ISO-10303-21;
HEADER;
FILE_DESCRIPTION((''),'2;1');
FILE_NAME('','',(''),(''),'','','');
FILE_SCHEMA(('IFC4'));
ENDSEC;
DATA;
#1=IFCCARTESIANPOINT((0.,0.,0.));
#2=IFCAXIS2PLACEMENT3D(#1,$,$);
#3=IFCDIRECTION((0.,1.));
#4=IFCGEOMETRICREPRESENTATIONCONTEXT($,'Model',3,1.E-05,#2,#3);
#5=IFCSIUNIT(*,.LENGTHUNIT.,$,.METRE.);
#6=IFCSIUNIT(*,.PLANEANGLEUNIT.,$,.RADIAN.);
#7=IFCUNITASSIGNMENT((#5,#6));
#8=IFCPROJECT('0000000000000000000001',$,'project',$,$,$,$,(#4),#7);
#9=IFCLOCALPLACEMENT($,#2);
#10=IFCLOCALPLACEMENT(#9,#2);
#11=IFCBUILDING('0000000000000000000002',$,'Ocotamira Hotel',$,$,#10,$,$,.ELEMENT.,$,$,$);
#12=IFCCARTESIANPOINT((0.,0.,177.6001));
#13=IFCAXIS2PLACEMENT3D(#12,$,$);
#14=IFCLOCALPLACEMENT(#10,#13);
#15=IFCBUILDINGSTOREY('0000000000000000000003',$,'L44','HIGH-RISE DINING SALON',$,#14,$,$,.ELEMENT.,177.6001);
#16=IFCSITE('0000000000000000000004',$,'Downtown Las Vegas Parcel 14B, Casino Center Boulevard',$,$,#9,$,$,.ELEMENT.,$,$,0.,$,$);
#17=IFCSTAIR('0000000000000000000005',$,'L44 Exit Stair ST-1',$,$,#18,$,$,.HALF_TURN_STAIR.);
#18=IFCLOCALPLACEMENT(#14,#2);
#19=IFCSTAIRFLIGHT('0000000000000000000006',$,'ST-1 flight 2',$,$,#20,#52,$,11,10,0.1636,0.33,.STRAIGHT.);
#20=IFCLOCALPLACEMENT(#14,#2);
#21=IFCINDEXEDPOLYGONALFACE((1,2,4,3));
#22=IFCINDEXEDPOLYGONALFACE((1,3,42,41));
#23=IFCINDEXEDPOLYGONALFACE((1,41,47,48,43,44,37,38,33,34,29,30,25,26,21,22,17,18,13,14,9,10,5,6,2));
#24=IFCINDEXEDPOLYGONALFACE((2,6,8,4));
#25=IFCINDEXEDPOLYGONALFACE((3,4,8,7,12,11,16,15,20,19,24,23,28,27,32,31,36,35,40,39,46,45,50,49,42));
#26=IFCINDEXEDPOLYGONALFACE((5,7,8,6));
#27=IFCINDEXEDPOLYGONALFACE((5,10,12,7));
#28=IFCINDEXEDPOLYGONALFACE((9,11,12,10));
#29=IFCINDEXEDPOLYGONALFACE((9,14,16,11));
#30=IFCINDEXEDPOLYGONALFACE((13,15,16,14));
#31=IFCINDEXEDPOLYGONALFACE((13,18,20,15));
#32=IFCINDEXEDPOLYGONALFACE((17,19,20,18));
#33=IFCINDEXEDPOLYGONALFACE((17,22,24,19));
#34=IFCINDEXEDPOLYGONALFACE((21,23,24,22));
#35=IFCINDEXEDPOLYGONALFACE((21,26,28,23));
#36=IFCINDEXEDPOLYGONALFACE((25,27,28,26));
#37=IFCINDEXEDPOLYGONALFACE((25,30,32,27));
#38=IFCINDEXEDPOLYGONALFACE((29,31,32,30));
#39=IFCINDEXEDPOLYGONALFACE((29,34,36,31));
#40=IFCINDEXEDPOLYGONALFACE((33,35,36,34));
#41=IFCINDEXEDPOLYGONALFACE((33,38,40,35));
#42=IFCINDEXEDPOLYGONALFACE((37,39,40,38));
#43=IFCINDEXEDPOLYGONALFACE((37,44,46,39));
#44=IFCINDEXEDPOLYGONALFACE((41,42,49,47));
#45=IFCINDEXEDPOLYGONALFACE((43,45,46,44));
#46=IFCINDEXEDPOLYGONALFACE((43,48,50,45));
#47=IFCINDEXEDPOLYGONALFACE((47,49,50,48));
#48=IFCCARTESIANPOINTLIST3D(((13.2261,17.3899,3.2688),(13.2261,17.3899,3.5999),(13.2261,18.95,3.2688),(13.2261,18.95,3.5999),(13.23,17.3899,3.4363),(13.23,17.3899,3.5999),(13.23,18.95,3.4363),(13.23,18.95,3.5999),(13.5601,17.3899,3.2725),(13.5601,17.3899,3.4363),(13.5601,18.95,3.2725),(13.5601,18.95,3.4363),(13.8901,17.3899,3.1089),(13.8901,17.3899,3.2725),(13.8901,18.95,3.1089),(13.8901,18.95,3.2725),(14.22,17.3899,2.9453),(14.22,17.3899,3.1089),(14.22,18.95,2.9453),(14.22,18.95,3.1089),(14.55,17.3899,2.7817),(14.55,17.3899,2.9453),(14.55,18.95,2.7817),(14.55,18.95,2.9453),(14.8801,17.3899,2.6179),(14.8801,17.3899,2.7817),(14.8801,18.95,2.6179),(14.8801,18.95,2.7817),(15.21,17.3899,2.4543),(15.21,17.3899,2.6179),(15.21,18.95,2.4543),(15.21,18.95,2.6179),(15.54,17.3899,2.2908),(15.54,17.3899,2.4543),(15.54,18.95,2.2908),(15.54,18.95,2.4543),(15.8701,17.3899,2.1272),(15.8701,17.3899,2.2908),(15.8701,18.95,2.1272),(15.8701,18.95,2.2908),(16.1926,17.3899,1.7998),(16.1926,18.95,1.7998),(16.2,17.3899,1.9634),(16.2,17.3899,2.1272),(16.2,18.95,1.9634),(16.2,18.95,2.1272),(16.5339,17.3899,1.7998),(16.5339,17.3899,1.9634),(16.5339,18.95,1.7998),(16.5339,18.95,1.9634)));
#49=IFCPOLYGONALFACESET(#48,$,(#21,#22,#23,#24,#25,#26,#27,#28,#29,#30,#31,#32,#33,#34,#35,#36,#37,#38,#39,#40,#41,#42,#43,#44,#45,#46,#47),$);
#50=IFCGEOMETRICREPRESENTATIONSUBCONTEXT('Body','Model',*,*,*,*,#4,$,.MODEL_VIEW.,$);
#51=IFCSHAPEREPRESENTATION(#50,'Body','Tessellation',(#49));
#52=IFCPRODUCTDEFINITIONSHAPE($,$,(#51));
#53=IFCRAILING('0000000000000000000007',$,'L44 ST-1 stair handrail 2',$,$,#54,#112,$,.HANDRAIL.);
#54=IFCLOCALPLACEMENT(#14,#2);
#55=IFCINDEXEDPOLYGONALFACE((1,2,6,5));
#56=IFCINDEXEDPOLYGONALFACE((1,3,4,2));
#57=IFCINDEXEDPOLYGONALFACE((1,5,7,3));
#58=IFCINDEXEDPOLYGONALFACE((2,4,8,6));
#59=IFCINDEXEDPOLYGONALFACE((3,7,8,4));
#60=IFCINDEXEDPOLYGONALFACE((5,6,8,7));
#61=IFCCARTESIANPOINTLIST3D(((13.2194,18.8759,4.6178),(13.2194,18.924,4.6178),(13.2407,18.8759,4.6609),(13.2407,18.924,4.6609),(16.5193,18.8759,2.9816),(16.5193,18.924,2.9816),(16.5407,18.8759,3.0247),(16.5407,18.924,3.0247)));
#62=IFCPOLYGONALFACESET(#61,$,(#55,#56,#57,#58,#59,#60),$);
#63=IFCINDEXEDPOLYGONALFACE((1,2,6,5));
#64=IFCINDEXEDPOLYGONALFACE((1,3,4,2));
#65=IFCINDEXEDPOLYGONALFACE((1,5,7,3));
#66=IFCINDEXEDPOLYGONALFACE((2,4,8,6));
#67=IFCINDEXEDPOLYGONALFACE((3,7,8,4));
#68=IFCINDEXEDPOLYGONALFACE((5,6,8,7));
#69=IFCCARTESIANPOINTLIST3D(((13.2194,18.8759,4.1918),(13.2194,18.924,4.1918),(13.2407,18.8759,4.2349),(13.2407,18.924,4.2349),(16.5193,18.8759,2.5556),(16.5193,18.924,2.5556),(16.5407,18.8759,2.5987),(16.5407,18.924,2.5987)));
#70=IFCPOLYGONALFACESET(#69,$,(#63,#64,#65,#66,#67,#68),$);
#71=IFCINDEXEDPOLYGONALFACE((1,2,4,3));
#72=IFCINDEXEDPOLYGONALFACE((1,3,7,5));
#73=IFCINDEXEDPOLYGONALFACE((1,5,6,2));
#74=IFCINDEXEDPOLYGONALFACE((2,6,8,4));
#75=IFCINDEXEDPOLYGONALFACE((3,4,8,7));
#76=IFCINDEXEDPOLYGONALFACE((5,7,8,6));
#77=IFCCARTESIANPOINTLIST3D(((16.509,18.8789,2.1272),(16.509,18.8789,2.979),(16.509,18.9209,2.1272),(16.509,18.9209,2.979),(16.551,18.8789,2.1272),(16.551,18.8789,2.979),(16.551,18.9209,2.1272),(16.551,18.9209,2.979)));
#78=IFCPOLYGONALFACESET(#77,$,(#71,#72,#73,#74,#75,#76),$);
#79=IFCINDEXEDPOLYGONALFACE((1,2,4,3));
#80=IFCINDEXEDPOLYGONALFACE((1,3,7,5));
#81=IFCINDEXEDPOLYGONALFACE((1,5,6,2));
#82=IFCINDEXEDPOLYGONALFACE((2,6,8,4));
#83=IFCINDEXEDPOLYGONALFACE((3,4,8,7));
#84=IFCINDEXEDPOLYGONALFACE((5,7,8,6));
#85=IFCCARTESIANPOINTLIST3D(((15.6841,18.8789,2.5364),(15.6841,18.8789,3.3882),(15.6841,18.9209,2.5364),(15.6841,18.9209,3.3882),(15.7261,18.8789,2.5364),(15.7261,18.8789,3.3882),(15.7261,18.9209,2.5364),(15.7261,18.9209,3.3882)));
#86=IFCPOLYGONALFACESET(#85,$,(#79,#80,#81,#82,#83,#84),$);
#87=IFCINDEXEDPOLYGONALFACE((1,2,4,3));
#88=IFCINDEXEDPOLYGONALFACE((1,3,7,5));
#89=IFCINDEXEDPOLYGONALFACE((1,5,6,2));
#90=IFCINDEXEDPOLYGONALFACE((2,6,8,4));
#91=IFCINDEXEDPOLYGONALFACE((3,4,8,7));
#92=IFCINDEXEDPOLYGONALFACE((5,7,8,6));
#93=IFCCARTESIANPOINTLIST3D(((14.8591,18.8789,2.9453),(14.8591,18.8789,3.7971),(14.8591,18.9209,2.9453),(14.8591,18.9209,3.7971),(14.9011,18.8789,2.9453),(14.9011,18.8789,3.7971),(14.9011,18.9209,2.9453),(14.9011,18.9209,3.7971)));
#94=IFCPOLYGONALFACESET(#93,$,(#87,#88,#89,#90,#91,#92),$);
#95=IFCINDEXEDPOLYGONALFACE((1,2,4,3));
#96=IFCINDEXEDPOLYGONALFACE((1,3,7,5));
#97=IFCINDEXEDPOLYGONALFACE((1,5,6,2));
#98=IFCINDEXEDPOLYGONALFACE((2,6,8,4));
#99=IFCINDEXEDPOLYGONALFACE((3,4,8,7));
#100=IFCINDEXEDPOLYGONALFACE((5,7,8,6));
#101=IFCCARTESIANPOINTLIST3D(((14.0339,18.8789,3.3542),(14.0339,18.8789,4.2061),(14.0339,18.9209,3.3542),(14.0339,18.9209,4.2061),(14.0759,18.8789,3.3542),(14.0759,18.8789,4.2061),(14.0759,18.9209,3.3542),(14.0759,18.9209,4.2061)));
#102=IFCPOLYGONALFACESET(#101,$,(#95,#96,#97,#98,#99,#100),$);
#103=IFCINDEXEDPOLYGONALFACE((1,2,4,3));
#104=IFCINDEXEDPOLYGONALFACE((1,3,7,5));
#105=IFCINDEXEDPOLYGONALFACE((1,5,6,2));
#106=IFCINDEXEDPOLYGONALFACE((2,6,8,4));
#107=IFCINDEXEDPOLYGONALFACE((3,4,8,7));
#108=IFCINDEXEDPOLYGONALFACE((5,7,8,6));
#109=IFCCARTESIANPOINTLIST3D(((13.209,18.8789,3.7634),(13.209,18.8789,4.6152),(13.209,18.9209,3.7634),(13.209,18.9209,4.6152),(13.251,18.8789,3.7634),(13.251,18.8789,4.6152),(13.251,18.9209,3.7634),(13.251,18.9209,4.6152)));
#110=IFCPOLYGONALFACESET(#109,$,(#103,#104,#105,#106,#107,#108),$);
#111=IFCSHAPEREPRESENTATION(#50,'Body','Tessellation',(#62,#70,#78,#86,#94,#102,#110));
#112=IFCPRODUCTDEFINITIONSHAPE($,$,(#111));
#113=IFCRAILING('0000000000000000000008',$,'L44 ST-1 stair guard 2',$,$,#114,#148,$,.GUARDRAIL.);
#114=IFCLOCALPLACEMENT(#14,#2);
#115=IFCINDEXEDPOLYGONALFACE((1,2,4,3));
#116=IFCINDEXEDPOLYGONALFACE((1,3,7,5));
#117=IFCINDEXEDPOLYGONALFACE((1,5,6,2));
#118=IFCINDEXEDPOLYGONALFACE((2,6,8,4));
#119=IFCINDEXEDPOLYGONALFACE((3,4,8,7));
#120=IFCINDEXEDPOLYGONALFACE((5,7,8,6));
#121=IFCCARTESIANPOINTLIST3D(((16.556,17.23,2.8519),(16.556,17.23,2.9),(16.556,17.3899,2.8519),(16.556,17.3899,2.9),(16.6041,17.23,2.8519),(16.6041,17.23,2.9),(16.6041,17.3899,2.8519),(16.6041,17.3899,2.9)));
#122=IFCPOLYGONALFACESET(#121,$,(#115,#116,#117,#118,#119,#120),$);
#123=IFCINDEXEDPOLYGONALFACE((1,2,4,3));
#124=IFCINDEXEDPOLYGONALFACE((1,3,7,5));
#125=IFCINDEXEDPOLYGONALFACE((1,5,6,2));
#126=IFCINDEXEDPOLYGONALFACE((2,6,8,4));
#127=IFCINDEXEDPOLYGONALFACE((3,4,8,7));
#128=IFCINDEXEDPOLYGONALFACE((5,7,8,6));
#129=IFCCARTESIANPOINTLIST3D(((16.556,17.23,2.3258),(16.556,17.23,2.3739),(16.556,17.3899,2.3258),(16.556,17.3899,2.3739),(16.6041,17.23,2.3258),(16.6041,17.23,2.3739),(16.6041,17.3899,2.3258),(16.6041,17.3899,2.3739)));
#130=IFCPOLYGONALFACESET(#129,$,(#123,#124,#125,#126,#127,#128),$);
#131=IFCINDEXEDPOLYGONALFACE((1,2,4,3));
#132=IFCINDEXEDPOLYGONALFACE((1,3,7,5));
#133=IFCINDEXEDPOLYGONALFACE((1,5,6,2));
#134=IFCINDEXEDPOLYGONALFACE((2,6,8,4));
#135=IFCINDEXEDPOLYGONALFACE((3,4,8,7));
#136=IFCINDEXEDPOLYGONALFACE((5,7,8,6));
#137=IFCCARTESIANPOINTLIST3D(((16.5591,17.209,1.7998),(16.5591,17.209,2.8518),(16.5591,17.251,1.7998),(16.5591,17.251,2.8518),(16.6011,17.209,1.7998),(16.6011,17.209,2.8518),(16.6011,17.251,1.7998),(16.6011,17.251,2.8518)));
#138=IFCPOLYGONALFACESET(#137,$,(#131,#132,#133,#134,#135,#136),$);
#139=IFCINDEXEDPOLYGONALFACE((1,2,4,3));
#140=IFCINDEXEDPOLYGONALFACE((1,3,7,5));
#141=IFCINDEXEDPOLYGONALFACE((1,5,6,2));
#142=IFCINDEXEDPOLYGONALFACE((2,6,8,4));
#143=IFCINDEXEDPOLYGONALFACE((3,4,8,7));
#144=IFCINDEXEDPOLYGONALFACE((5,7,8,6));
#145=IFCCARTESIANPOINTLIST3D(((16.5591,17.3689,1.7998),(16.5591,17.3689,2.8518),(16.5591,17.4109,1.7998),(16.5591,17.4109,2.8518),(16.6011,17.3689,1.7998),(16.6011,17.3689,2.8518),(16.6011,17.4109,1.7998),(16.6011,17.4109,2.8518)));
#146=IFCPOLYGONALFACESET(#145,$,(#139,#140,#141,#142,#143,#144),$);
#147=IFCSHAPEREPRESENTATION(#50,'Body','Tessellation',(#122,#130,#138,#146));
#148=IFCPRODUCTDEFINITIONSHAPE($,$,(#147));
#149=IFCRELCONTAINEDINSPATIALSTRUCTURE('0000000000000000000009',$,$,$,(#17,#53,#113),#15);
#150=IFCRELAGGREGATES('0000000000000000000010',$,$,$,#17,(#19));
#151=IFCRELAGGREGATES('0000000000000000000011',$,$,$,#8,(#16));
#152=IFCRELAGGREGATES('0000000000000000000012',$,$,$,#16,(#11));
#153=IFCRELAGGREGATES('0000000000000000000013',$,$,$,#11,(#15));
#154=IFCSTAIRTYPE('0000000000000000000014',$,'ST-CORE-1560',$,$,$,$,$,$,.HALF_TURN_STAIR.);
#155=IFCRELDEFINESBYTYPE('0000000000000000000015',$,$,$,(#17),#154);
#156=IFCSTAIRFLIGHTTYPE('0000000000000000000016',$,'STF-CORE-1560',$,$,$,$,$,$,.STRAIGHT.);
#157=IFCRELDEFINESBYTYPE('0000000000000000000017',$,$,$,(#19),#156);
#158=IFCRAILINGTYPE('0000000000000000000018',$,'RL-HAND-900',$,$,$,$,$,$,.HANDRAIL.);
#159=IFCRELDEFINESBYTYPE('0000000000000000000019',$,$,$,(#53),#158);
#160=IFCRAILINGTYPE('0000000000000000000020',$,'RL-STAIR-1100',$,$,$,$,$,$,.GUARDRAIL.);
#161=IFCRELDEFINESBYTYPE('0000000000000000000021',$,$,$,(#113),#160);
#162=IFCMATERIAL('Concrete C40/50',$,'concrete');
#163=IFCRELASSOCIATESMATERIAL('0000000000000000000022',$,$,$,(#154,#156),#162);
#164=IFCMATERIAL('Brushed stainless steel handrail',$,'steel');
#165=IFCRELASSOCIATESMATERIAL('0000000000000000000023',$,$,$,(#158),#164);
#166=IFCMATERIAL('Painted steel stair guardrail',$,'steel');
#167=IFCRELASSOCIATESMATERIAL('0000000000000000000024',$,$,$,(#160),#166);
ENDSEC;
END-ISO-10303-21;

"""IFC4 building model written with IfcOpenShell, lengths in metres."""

from ifc_helpers import new_model, si_unit, direction, frame, origin, origin_2d, place, context, subcontext, project, spatial, polyline, rectangle, outline, extrude, source, transform, mapped, material, type_object, element, aggregate, save


model = new_model("IFC4")

# Units and contexts
model_context = context("Model", 3, precision=1e-05, world=origin(), true_north=direction((0.0, 1.0)))
body_context = subcontext(model_context, "Body", "Model", "MODEL_VIEW")
ifc_project = project(units=[si_unit("LENGTHUNIT", "METRE"), si_unit("PLANEANGLEUNIT", "RADIAN")], contexts=[model_context])

# Site, building, storey
site_placement = place(None, origin())
site = spatial("IfcSite", under=ifc_project, at=site_placement, Name="Downtown Las Vegas Parcel 14B, Casino Center Boulevard", CompositionType="ELEMENT", RefElevation=0.0)
building_placement = place(site_placement, origin())
building = spatial("IfcBuilding", under=site, at=building_placement, Name="Ocotamira Hotel", CompositionType="ELEMENT")
storey_placement = place(building_placement, frame((0.0, 0.0, 177.6001)))
storey = spatial("IfcBuildingStorey", under=building, at=storey_placement, Name="L44", Description="HIGH-RISE DINING SALON", CompositionType="ELEMENT", Elevation=177.6001)

# Stair, stair flight
ifc_material_1 = material(Name="Concrete C40/50", Category="concrete")
stair_type = type_object("IfcStairType", Name="ST-CORE-1560", PredefinedType="HALF_TURN_STAIR", material=ifc_material_1)
stair_placement = place(storey_placement, origin())
stair = element("IfcStair", 1, at=stair_placement, inside=storey, type_object=stair_type, Name="L44 Exit Stair ST-1", PredefinedType="HALF_TURN_STAIR")
stair_flight_type = type_object("IfcStairFlightType", Name="STF-CORE-1560", PredefinedType="STRAIGHT", material=ifc_material_1)
shared_shape_1 = source(origin(), body_context, "Body", "SweptSolid", [
    extrude(outline(polyline([(-0.0039, 0.0), (-0.0039, 0.1636), (0.3301, 0.1636), (0.3301, 0.3274), (0.6599, 0.3274), (0.6599, 0.491), (0.99, 0.491), (0.99, 0.6545), (1.3201, 0.6545), (1.3201, 0.8181), (1.6499, 0.8181), (1.6499, 0.9819), (1.98, 0.9819), (1.98, 1.1455), (2.3101, 1.1455), (2.3101, 1.3091), (2.6399, 1.3091), (2.6399, 1.4727), (2.97, 1.4727), (2.97, 1.6365), (3.3, 1.6365), (3.3, 1.8), (3.304, 1.8), (3.304, 1.469), (0.3374, 0.0), (-0.0039, 0.0)])), frame((0.0, 0.78, 0.0), z_axis=(0.0, -1.0, 0.0), x_axis=(1.0, 0.0, 0.0)), (0.0, 0.0, 1.0), 1.5601),
])
stair_flight_placement = place(storey_placement, frame((16.53, 18.1699, 1.7998), z_axis=(0.0, 0.0, 1.0), x_axis=(-1.0, 0.0, 0.0)))
stair_flight = element("IfcStairFlight", 2, at=stair_flight_placement, type_object=stair_flight_type, Name="ST-1 flight 2", NumberOfRisers=11, NumberOfTreads=10, PredefinedType="STRAIGHT", RiserHeight=0.1636, TreadLength=0.33, context=body_context, shape_type="MappedRepresentation", body=[
    mapped(shared_shape_1, transform((0.0, 0.0, 0.0), scale=1.0)),
])
aggregate(stair, [stair_flight])

# Railings
ifc_material_2 = material(Name="Brushed stainless steel handrail", Category="steel")
railing_type_1 = type_object("IfcRailingType", Name="RL-HAND-900", PredefinedType="HANDRAIL", material=ifc_material_2)
railing_1_placement = place(storey_placement, frame((16.53, 18.8999, 2.1272)))
element("IfcRailing", 3, at=railing_1_placement, inside=storey, type_object=railing_type_1, Name="L44 ST-1 stair handrail 2", PredefinedType="HANDRAIL", context=body_context, shape_type="SweptSolid", body=[
    extrude(rectangle(XDim=0.0481, YDim=0.0481, at=origin_2d()), frame((0.0, 0.0, 0.876), z_axis=(-0.89592, 0.0, 0.444215), x_axis=(0.0, -1.0, 0.0)), (0.0, 0.0, 1.0), 3.6833),
    extrude(rectangle(XDim=0.0481, YDim=0.0481, at=origin_2d()), frame((0.0, 0.0, 0.45), z_axis=(-0.89592, 0.0, 0.444215), x_axis=(0.0, -1.0, 0.0)), (0.0, 0.0, 1.0), 3.6833),
    extrude(rectangle(XDim=0.042, YDim=0.042, at=origin_2d()), origin(), (0.0, 0.0, 1.0), 0.8518),
    extrude(rectangle(XDim=0.042, YDim=0.042, at=origin_2d()), frame((-0.825, 0.0, 0.4092)), (0.0, 0.0, 1.0), 0.8518),
    extrude(rectangle(XDim=0.042, YDim=0.042, at=origin_2d()), frame((-1.6499, 0.0, 0.8181)), (0.0, 0.0, 1.0), 0.8518),
    extrude(rectangle(XDim=0.042, YDim=0.042, at=origin_2d()), frame((-2.4751, 0.0, 1.2271)), (0.0, 0.0, 1.0), 0.8518),
    extrude(rectangle(XDim=0.042, YDim=0.042, at=origin_2d()), frame((-3.3, 0.0, 1.6362)), (0.0, 0.0, 1.0), 0.8518),
])
ifc_material_3 = material(Name="Painted steel stair guardrail", Category="steel")
railing_type_2 = type_object("IfcRailingType", Name="RL-STAIR-1100", PredefinedType="GUARDRAIL", material=ifc_material_3)
railing_2_placement = place(storey_placement, frame((16.5801, 17.23, 1.7998)))
element("IfcRailing", 4, at=railing_2_placement, inside=storey, type_object=railing_type_2, Name="L44 ST-1 stair guard 2", PredefinedType="GUARDRAIL", context=body_context, shape_type="SweptSolid", body=[
    extrude(rectangle(XDim=0.0481, YDim=0.0481, at=origin_2d()), frame((0.0, 0.0, 1.0762), z_axis=(0.0, 1.0, 0.0), x_axis=(-1.0, 0.0, 0.0)), (0.0, 0.0, 1.0), 0.1599),
    extrude(rectangle(XDim=0.0481, YDim=0.0481, at=origin_2d()), frame((0.0, 0.0, 0.55), z_axis=(0.0, 1.0, 0.0), x_axis=(-1.0, 0.0, 0.0)), (0.0, 0.0, 1.0), 0.1599),
    extrude(rectangle(XDim=0.042, YDim=0.042, at=origin_2d()), origin(), (0.0, 0.0, 1.0), 1.052),
    extrude(rectangle(XDim=0.042, YDim=0.042, at=origin_2d()), frame((0.0, 0.1599, 0.0)), (0.0, 0.0, 1.0), 1.052),
])

save(model, "model.ifc")
